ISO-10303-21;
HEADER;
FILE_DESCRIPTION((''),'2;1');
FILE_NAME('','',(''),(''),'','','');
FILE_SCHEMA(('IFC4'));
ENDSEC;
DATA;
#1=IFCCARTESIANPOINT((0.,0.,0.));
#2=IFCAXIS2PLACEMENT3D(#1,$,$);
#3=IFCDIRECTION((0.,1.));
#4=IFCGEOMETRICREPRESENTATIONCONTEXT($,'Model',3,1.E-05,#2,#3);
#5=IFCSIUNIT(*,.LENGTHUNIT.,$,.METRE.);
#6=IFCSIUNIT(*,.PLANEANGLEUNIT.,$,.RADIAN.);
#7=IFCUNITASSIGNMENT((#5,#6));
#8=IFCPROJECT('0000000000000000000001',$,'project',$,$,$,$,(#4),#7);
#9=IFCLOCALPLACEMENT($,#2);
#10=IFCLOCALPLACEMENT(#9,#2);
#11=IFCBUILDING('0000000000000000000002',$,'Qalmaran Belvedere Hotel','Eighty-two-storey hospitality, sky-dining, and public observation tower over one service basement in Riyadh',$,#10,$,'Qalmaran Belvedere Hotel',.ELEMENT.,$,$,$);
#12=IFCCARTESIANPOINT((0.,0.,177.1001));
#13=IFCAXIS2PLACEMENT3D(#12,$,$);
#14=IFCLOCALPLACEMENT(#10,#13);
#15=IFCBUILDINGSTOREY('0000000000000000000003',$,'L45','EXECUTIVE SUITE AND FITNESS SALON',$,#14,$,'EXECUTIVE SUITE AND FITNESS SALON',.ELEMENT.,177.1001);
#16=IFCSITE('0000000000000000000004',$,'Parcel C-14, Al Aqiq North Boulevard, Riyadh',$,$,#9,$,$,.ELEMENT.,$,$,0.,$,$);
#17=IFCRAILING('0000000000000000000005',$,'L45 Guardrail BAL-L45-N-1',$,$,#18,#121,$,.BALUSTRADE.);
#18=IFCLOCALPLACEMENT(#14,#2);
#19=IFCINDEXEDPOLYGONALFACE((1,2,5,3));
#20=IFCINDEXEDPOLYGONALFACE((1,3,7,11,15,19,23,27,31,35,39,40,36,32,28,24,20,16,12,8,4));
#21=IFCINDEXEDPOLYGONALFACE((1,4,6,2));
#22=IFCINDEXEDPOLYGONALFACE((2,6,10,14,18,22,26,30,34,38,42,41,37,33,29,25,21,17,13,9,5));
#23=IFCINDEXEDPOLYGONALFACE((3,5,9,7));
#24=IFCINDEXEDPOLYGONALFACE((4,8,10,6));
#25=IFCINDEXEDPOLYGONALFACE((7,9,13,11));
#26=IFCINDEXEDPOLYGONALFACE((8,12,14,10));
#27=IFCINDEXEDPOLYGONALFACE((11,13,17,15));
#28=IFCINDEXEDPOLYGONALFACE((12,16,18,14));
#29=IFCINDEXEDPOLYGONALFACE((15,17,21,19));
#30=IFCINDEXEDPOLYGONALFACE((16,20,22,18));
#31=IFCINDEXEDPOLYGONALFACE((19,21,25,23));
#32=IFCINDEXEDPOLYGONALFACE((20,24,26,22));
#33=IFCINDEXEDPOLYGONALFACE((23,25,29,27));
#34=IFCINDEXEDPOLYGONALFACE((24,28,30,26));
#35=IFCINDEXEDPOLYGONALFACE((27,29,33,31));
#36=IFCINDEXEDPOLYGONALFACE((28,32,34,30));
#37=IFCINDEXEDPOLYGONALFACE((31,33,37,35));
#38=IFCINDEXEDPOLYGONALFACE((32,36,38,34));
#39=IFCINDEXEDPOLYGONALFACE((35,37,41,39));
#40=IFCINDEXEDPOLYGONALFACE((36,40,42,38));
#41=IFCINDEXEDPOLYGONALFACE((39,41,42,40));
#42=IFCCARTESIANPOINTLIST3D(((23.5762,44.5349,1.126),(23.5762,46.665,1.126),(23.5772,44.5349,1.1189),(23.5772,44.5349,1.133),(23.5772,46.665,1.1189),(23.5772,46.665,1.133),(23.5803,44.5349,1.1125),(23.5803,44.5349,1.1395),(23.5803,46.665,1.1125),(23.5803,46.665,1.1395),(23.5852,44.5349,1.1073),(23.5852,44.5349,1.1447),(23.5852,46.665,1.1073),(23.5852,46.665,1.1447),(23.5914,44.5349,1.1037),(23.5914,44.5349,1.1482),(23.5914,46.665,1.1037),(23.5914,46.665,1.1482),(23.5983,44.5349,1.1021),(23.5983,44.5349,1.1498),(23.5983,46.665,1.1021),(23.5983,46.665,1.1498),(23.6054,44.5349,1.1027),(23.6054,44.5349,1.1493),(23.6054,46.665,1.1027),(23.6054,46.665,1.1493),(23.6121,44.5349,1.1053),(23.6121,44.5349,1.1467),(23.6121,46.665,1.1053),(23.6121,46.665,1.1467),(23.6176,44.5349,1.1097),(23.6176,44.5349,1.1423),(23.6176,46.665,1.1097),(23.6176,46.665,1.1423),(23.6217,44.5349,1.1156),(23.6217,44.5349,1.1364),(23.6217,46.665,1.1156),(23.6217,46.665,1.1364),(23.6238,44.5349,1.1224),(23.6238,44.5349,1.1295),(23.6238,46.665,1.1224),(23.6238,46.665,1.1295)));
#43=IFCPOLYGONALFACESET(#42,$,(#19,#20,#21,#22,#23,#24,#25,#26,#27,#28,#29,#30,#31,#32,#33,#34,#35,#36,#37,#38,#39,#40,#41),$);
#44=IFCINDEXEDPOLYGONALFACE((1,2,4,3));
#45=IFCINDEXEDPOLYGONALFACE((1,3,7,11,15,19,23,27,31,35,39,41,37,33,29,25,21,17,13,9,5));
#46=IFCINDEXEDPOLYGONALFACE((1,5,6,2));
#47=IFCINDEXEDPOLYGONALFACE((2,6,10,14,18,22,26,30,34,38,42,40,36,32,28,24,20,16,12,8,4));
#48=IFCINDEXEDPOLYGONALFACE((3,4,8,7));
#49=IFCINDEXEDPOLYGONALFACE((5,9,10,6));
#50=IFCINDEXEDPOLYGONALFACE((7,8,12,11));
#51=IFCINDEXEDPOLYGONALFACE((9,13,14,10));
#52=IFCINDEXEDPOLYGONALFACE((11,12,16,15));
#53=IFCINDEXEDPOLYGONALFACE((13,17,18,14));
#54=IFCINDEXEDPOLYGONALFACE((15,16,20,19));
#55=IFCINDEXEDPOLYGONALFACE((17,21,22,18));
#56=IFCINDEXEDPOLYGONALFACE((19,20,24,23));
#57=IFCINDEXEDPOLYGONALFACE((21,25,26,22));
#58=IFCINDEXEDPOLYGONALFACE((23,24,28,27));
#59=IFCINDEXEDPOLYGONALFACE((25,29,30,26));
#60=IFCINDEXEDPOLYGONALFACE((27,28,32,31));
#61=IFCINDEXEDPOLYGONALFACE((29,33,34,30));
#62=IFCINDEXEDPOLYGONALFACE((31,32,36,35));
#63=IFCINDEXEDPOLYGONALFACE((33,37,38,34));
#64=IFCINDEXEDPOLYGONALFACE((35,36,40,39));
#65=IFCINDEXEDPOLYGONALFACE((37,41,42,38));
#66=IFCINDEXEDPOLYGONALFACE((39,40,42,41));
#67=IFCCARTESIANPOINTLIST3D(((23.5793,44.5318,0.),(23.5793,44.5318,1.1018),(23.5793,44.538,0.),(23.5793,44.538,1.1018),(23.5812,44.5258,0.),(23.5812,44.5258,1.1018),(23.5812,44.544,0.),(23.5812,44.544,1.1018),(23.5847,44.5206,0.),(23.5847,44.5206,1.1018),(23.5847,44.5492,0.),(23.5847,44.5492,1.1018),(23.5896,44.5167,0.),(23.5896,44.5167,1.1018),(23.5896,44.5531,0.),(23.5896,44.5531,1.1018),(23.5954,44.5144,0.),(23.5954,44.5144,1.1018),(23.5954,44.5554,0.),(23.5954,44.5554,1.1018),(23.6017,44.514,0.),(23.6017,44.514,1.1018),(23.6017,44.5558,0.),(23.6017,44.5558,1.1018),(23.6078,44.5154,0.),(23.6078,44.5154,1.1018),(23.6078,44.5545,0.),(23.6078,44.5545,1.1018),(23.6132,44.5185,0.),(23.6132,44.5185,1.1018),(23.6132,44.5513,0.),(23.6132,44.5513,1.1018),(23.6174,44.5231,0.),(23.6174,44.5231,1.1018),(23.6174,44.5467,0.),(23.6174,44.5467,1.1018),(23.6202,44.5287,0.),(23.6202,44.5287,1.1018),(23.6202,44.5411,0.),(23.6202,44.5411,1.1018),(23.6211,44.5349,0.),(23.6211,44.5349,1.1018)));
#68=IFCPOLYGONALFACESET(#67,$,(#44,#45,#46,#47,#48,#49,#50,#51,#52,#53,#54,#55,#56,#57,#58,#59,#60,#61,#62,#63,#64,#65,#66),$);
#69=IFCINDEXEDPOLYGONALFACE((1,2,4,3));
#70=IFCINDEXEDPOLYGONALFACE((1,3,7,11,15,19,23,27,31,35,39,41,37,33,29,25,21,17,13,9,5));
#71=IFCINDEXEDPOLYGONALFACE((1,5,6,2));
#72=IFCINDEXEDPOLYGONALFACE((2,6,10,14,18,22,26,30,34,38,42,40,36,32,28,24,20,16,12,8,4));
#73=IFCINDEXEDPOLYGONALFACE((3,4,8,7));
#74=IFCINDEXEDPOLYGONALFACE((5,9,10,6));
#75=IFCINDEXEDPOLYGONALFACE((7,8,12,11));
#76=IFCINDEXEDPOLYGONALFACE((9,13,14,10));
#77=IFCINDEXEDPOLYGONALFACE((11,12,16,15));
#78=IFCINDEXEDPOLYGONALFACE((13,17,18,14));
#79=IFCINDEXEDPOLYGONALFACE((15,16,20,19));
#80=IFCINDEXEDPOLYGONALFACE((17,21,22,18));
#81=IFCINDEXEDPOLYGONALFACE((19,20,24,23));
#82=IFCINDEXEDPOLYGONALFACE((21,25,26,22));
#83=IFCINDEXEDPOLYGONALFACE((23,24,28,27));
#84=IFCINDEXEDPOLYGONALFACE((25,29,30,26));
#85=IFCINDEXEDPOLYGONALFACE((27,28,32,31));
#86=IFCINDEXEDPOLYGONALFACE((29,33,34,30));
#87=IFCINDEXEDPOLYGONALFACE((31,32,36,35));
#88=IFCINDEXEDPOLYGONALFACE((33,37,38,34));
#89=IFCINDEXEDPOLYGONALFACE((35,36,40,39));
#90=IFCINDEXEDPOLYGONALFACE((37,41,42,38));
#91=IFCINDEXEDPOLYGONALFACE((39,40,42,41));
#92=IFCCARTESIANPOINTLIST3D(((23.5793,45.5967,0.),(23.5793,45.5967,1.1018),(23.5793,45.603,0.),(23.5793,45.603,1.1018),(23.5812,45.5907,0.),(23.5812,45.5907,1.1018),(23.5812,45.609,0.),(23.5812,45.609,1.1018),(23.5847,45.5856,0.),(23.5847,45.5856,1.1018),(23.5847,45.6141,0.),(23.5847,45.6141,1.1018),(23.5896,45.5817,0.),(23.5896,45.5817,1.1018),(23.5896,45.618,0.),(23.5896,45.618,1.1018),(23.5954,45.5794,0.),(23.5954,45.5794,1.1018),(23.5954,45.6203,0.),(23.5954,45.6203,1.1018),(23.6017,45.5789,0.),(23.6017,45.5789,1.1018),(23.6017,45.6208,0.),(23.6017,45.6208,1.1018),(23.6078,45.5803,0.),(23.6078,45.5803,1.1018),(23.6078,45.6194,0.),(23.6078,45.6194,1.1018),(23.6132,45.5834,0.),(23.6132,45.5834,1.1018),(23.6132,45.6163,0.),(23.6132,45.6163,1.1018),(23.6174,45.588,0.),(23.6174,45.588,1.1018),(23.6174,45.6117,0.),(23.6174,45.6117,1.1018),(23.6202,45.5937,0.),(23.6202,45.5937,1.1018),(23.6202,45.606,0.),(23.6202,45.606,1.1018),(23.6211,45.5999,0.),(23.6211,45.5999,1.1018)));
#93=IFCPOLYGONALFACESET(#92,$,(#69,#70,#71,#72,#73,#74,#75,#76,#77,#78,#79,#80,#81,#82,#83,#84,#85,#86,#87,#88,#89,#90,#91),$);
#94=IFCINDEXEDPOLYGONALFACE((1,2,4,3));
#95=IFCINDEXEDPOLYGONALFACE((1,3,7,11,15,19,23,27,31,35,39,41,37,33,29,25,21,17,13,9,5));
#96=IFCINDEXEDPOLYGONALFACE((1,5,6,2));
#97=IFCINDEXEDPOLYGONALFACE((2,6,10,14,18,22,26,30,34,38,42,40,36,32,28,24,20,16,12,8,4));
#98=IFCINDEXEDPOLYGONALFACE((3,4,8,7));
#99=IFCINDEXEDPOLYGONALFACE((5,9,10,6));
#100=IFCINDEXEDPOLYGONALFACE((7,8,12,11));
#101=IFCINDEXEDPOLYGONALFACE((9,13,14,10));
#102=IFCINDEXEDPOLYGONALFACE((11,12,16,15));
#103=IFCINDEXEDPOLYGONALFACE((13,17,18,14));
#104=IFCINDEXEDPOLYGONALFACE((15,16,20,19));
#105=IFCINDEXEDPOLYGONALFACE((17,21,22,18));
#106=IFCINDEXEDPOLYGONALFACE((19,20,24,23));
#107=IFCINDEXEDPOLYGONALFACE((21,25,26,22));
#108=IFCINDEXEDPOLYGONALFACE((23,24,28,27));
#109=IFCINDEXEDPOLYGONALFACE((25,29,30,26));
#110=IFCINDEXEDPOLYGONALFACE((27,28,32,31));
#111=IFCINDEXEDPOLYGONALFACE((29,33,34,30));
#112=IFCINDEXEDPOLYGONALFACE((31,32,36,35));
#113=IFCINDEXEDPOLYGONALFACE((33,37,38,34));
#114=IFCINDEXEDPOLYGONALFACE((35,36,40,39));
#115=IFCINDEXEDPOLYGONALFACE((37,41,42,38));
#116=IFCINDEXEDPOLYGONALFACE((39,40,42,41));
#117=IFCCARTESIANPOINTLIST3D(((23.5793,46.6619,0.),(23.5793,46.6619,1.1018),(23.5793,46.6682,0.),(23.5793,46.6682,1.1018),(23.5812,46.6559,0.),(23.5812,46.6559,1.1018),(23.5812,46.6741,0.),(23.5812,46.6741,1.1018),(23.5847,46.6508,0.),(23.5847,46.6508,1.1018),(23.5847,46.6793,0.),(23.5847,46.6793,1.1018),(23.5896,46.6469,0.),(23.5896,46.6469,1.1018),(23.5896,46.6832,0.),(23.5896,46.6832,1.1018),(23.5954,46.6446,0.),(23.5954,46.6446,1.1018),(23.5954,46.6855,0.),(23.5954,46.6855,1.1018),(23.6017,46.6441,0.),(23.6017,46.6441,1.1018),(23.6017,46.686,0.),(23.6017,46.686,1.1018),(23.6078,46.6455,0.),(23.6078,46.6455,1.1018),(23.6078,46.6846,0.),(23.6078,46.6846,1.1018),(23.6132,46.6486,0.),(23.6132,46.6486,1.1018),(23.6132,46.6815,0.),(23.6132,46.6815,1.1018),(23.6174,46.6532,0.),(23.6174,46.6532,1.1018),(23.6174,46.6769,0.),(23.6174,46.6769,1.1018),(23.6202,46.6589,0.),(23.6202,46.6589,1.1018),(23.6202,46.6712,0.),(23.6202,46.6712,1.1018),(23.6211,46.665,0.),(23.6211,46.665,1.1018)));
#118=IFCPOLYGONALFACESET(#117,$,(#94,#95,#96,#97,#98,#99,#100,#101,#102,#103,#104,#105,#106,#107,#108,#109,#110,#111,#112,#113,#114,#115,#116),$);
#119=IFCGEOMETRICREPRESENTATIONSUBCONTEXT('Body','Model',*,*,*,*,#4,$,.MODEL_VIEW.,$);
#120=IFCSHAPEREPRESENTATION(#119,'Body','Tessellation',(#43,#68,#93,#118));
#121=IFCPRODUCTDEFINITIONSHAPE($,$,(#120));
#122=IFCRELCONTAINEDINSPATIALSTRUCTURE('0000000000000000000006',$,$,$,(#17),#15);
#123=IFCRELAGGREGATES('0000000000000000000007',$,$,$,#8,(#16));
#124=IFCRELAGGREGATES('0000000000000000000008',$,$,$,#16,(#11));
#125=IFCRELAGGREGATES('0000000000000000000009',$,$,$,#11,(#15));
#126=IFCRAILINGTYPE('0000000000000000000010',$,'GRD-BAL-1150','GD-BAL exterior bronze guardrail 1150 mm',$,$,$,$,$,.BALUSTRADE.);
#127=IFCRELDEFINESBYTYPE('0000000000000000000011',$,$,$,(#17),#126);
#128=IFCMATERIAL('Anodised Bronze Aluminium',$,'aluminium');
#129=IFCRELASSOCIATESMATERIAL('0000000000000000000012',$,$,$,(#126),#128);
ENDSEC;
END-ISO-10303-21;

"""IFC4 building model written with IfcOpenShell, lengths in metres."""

from ifc_helpers import new_model, si_unit, direction, frame, origin, origin_2d, place, context, subcontext, project, spatial, circle, extrude, material, type_object, element, save


model = new_model("IFC4")

# Units and contexts
model_context = context("Model", 3, precision=1e-05, world=origin(), true_north=direction((0.0, 1.0)))
body_context = subcontext(model_context, "Body", "Model", "MODEL_VIEW")
ifc_project = project(units=[si_unit("LENGTHUNIT", "METRE"), si_unit("PLANEANGLEUNIT", "RADIAN")], contexts=[model_context])

# Site, building, storey
site_placement = place(None, origin())
site = spatial("IfcSite", under=ifc_project, at=site_placement, Name="Parcel C-14, Al Aqiq North Boulevard, Riyadh", CompositionType="ELEMENT", RefElevation=0.0)
building_placement = place(site_placement, origin())
building = spatial("IfcBuilding", under=site, at=building_placement, Name="Qalmaran Belvedere Hotel", Description="Eighty-two-storey hospitality, sky-dining, and public observation tower over one service basement in Riyadh", LongName="Qalmaran Belvedere Hotel", CompositionType="ELEMENT")
storey_placement = place(building_placement, frame((0.0, 0.0, 177.1001)))
storey = spatial("IfcBuildingStorey", under=building, at=storey_placement, Name="L45", Description="EXECUTIVE SUITE AND FITNESS SALON", LongName="EXECUTIVE SUITE AND FITNESS SALON", CompositionType="ELEMENT", Elevation=177.1001)

# Shared definitions
ifc_material_1 = material(Name="Anodised Bronze Aluminium", Category="aluminium")

# Railing
railing_type = type_object("IfcRailingType", Name="GRD-BAL-1150", Description="GD-BAL exterior bronze guardrail 1150 mm", PredefinedType="BALUSTRADE", material=ifc_material_1)
railing_1_placement = place(storey_placement, frame((23.6001, 44.5349, 0.0)))
element("IfcRailing", 1, at=railing_1_placement, inside=storey, type_object=railing_type, Name="L45 Guardrail BAL-L45-N-1", PredefinedType="BALUSTRADE", context=body_context, shape_type="SweptSolid", body=[
    extrude(circle(Radius=0.0239, at=origin_2d()), frame((0.0, 0.0, 1.126), z_axis=(0.0, 1.0, 0.0), x_axis=(-1.0, 0.0, 0.0)), (0.0, 0.0, 1.0), 2.1301),
    extrude(circle(Radius=0.021, at=origin_2d()), origin(), (0.0, 0.0, 1.0), 1.1018),
    extrude(circle(Radius=0.021, at=origin_2d()), frame((0.0, 1.0649, 0.0)), (0.0, 0.0, 1.0), 1.1018),
    extrude(circle(Radius=0.021, at=origin_2d()), frame((0.0, 2.1301, 0.0)), (0.0, 0.0, 1.0), 1.1018),
])

save(model, "model.ifc")
